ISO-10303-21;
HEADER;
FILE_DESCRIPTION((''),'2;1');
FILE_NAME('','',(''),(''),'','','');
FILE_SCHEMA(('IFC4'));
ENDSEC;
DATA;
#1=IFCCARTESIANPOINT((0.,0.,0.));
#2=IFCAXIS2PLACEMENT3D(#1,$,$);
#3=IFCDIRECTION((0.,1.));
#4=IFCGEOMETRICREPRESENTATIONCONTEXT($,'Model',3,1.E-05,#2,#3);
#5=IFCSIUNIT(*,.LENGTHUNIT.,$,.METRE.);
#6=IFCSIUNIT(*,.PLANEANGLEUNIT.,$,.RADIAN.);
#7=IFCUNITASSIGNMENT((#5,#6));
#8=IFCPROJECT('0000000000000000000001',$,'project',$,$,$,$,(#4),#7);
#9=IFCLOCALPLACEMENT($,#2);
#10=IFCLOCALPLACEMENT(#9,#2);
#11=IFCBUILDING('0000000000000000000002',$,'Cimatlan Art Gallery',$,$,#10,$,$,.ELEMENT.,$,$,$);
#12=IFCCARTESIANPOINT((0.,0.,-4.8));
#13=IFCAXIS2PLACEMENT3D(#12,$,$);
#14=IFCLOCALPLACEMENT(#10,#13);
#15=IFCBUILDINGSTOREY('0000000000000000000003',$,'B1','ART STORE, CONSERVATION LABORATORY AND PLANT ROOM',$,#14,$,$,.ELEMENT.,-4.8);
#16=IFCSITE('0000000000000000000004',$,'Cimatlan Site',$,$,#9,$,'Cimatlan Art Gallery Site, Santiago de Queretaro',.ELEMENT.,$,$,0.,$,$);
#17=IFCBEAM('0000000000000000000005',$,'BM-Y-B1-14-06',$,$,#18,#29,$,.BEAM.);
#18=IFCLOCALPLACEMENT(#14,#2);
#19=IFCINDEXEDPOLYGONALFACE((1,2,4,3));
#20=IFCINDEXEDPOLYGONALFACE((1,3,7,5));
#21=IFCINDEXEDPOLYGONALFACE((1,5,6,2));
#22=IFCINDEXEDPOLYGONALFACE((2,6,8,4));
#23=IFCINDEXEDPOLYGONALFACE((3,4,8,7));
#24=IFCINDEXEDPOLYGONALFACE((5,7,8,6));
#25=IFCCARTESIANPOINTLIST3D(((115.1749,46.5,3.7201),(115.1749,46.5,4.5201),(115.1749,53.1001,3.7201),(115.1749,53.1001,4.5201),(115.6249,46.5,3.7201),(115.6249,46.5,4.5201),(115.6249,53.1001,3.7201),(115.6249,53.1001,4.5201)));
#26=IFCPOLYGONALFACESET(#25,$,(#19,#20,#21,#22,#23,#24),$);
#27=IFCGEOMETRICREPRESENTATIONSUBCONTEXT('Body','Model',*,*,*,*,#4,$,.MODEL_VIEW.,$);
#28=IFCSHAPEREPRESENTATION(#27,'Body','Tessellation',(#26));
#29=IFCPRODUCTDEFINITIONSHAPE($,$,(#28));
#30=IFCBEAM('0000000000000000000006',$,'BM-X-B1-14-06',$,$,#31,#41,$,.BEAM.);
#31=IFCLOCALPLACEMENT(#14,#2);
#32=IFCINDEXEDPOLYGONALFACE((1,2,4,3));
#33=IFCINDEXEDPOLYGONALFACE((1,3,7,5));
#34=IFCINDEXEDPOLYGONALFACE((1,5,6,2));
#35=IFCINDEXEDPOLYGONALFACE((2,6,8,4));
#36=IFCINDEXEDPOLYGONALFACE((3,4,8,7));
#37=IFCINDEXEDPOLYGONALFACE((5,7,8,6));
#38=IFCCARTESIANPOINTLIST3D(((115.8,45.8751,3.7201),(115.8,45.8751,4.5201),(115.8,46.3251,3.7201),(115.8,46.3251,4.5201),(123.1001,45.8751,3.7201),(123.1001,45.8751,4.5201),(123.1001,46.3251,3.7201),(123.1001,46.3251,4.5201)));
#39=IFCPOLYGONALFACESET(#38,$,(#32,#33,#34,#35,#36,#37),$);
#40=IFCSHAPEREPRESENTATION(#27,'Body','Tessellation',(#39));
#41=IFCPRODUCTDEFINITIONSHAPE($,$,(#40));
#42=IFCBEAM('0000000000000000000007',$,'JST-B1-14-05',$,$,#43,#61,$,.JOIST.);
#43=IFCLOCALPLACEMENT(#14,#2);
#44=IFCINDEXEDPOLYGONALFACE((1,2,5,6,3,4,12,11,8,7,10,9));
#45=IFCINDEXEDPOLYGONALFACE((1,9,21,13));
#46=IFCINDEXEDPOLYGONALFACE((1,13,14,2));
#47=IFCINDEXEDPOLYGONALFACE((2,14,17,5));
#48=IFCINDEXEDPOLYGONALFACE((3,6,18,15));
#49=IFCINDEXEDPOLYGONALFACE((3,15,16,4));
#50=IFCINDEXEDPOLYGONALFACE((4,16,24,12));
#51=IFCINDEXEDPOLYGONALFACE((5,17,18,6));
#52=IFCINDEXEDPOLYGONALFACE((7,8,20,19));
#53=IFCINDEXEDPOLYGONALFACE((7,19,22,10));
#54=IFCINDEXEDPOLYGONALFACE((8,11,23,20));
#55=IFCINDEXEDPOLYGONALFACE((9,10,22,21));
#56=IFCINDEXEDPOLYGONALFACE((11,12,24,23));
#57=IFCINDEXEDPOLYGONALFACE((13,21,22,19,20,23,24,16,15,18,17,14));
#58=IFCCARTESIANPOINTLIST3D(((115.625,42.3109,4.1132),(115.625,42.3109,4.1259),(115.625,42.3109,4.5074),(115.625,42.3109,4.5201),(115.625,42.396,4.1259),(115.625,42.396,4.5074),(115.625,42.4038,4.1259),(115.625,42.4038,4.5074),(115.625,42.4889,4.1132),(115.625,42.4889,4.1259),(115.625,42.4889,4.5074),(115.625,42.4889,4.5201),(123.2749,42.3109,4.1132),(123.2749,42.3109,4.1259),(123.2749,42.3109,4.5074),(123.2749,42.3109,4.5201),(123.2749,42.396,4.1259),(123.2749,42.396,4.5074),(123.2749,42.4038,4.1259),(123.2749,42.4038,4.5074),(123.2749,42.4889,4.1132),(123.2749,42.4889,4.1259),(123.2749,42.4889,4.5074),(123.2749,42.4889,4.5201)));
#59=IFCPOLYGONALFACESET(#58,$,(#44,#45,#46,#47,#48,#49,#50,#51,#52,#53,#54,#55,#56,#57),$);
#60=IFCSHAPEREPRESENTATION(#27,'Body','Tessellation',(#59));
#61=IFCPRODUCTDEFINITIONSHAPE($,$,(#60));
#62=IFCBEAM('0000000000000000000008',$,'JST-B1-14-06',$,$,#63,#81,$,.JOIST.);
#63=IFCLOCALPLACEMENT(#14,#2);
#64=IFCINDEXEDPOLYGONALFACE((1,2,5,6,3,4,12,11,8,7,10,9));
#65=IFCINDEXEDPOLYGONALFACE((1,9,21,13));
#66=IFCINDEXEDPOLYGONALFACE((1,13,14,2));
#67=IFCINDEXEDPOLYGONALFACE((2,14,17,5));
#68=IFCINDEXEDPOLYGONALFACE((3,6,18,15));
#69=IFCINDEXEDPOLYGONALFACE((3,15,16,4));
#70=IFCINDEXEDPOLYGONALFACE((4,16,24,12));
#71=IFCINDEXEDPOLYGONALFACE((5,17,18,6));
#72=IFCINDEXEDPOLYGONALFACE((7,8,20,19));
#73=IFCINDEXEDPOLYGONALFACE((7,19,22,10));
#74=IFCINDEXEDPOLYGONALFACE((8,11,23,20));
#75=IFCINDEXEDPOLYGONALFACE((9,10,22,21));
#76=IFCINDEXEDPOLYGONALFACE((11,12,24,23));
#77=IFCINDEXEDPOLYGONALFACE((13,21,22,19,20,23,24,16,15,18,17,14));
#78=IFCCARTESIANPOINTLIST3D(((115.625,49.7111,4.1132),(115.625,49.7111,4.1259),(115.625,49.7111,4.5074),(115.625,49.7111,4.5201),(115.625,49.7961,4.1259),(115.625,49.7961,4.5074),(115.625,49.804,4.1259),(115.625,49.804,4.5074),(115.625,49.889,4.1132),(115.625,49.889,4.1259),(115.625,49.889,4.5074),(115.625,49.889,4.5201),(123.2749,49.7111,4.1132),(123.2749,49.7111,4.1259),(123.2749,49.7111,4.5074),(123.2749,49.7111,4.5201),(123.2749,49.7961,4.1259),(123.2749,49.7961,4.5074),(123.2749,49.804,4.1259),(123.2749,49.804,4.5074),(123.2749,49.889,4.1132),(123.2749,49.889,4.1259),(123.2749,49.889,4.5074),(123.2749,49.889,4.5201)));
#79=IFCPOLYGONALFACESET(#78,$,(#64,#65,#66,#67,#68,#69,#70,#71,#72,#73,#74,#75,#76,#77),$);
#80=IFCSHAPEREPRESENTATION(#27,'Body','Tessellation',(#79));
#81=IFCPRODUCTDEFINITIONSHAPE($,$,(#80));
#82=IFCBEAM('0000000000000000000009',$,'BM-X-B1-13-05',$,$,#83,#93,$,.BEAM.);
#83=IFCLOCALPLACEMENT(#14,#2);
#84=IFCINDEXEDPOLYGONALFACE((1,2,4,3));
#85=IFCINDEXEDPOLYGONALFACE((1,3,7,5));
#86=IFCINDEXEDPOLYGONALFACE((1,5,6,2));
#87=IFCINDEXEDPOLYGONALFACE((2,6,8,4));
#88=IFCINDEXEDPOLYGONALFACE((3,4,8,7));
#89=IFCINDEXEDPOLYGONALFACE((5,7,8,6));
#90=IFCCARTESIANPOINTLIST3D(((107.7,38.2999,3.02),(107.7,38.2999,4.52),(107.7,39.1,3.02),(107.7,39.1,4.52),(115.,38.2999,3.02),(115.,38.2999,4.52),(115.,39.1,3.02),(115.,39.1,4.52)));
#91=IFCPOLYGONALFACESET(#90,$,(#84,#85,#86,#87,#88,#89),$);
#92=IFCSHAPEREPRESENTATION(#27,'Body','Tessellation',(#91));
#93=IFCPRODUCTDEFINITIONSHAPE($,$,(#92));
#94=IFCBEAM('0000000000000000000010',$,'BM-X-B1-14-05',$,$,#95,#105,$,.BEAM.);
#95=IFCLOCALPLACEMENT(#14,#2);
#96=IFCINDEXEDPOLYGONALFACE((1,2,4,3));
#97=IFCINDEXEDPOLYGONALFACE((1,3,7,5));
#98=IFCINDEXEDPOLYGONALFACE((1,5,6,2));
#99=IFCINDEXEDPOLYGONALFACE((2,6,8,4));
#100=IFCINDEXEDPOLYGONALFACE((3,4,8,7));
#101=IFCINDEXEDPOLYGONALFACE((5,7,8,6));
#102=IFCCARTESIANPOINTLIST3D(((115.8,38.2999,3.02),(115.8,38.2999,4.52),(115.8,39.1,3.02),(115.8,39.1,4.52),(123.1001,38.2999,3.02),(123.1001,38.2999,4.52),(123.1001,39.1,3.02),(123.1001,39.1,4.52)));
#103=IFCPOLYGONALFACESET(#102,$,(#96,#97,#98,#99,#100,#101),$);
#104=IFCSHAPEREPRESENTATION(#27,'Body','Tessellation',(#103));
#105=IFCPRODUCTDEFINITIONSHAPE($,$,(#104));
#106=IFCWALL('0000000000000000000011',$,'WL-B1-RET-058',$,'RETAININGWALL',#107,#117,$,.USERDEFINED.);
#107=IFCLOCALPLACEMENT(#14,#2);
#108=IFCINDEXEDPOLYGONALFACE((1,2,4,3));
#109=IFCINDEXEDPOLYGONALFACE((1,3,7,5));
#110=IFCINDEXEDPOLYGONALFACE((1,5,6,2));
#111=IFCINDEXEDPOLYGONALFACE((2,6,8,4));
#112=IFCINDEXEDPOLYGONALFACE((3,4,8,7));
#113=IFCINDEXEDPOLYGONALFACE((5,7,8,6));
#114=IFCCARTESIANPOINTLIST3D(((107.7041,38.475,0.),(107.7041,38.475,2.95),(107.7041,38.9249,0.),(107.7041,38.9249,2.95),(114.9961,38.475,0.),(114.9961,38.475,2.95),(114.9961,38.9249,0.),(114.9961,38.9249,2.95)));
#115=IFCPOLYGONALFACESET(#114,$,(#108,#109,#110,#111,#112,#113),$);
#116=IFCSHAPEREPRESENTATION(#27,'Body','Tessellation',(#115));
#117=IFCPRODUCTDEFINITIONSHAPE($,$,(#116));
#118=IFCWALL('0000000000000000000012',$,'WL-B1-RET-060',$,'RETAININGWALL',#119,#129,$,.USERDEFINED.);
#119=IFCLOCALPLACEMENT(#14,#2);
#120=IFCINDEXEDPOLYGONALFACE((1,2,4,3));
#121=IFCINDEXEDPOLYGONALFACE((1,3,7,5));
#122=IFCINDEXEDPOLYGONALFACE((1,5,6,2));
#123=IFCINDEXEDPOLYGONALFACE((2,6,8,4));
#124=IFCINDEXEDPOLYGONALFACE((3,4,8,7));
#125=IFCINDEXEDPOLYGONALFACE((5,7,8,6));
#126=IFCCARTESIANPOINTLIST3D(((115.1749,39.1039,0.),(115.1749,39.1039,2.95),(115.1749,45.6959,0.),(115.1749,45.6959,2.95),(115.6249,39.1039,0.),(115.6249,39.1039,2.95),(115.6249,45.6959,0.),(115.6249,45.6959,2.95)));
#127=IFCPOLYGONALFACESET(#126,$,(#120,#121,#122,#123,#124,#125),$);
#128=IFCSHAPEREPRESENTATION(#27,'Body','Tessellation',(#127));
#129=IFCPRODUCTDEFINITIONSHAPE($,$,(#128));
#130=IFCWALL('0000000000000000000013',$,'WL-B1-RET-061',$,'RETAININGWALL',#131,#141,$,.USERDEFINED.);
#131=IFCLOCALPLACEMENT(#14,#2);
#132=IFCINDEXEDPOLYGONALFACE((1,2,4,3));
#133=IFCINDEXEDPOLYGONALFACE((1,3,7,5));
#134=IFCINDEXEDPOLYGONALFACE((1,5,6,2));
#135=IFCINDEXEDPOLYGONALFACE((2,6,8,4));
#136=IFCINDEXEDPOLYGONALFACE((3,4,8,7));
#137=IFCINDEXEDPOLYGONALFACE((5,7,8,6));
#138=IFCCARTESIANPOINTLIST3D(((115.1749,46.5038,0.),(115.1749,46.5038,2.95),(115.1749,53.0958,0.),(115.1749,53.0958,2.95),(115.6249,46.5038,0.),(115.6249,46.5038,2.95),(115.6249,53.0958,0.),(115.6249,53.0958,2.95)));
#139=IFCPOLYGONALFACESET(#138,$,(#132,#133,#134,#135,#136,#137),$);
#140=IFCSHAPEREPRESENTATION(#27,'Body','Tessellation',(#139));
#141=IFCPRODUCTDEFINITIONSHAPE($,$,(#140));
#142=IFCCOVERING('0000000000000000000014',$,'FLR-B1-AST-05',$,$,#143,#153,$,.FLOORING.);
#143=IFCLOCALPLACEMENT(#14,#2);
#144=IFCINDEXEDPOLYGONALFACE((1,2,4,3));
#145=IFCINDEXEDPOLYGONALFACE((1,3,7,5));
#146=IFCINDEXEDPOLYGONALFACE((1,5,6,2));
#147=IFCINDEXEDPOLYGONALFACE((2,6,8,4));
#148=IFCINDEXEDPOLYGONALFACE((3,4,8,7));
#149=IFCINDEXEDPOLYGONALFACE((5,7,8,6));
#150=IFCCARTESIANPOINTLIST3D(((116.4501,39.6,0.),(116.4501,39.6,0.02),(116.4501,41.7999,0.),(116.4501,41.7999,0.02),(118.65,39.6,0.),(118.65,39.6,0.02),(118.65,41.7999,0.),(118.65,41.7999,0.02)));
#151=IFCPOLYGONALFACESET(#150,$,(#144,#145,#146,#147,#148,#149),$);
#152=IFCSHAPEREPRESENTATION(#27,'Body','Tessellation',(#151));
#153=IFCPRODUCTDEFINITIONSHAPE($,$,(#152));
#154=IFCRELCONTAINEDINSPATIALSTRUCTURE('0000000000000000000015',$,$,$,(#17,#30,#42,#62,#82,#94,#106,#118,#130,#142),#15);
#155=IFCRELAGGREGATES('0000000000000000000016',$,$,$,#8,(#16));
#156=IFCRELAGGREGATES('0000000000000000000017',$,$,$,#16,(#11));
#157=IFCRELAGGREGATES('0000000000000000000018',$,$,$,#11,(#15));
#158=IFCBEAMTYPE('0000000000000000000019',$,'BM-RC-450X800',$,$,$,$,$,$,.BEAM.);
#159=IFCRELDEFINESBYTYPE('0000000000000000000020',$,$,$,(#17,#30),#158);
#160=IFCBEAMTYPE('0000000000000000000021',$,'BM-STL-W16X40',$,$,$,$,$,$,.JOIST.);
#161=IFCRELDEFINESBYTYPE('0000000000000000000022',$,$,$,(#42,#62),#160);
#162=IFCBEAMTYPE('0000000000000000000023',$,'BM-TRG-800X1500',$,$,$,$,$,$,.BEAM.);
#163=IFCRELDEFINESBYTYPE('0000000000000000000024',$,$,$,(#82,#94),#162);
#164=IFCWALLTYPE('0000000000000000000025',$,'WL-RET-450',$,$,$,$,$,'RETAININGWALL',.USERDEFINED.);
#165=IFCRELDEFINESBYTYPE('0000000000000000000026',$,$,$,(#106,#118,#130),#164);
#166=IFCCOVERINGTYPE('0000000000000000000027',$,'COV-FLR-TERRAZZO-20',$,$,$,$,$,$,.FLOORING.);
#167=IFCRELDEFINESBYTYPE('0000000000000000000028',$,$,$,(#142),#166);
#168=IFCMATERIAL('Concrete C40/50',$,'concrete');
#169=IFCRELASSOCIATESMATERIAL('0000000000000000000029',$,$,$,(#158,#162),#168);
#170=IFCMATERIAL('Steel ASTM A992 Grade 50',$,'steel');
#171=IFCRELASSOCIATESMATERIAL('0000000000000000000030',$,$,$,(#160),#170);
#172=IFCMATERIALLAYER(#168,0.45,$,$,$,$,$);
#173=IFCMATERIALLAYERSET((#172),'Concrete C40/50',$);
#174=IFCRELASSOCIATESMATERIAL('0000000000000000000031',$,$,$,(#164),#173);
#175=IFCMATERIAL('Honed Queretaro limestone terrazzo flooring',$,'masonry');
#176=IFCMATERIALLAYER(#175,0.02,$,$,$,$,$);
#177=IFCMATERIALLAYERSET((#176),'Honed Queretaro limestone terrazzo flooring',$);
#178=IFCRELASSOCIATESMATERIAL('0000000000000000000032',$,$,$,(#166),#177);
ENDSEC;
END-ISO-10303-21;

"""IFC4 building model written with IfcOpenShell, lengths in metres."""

from ifc_helpers import new_model, si_unit, direction, frame, frame_2d, origin, origin_2d, place, context, subcontext, project, spatial, rectangle, i_section, extrude, material, layer, layer_set, material_profile, profile_set, type_object, element, save


model = new_model("IFC4")

# Units and contexts
model_context = context("Model", 3, precision=1e-05, world=origin(), true_north=direction((0.0, 1.0)))
body_context = subcontext(model_context, "Body", "Model", "MODEL_VIEW")
ifc_project = project(units=[si_unit("LENGTHUNIT", "METRE"), si_unit("PLANEANGLEUNIT", "RADIAN")], contexts=[model_context])

# Site, building, storey
site_placement = place(None, origin())
site = spatial("IfcSite", under=ifc_project, at=site_placement, Name="Cimatlan Site", LongName="Cimatlan Art Gallery Site, Santiago de Queretaro", CompositionType="ELEMENT", RefElevation=0.0)
building_placement = place(site_placement, origin())
building = spatial("IfcBuilding", under=site, at=building_placement, Name="Cimatlan Art Gallery", CompositionType="ELEMENT")
storey_placement = place(building_placement, frame((0.0, 0.0, -4.8)))
storey = spatial("IfcBuildingStorey", under=building, at=storey_placement, Name="B1", Description="ART STORE, CONSERVATION LABORATORY AND PLANT ROOM", CompositionType="ELEMENT", Elevation=-4.8)

# Shared definitions
ifc_material_1 = material(Name="Concrete C40/50", Category="concrete")

# Beams
ifc_material_profile_1 = material_profile(ifc_material_1, rectangle(XDim=0.45, YDim=0.8, at=origin_2d()), Name="RC450X800")
ifc_profile_set_1 = profile_set([ifc_material_profile_1], Name="Concrete C40/50")
beam_type_1 = type_object("IfcBeamType", Name="BM-RC-450X800", PredefinedType="BEAM", material=ifc_profile_set_1)
beam_1_placement = place(storey_placement, frame((115.3999, 46.5, 4.1201), z_axis=(0.0, 1.0, 0.0), x_axis=(-1.0, 0.0, 0.0)))
element("IfcBeam", 1, at=beam_1_placement, inside=storey, type_object=beam_type_1, Name="BM-Y-B1-14-06", PredefinedType="BEAM", context=body_context, shape_type="SweptSolid", body=[
    extrude(rectangle(XDim=0.45, YDim=0.8, at=origin_2d()), origin(), (0.0, 0.0, 1.0), 6.6001),
])
beam_2_placement = place(storey_placement, frame((115.8, 46.1001, 4.1201), z_axis=(1.0, 0.0, 0.0), x_axis=(0.0, 1.0, 0.0)))
element("IfcBeam", 2, at=beam_2_placement, inside=storey, type_object=beam_type_1, Name="BM-X-B1-14-06", PredefinedType="BEAM", context=body_context, shape_type="SweptSolid", body=[
    extrude(rectangle(XDim=0.45, YDim=0.8, at=origin_2d()), origin(), (0.0, 0.0, 1.0), 7.3),
])
ifc_material_2 = material(Name="Steel ASTM A992 Grade 50", Category="steel")
ifc_material_profile_2 = material_profile(ifc_material_2, i_section(OverallWidth=0.178, OverallDepth=0.407, WebThickness=0.0078, FlangeThickness=0.0127, at=origin_2d()), Name="W16X40")
ifc_profile_set_2 = profile_set([ifc_material_profile_2], Name="Steel ASTM A992 Grade 50")
beam_type_2 = type_object("IfcBeamType", Name="BM-STL-W16X40", PredefinedType="JOIST", material=ifc_profile_set_2)
for number, where, z_axis, x_axis, name in (
    (3, (115.625, 42.3999, 4.3167), (1.0, 0.0, 0.0), (0.0, 1.0, 0.0), "JST-B1-14-05"),
    (4, (115.625, 49.8, 4.3167), (1.0, 0.0, 0.0), (0.0, 1.0, 0.0), "JST-B1-14-06"),
):
    element("IfcBeam", number, at=place(storey_placement, frame(where, z_axis=z_axis, x_axis=x_axis)), inside=storey, type_object=beam_type_2, Name=name, PredefinedType="JOIST", context=body_context, shape_type="SweptSolid", body=[
        extrude(i_section(OverallWidth=0.178, OverallDepth=0.407, WebThickness=0.0078, FlangeThickness=0.0127, at=origin_2d()), origin(), (0.0, 0.0, 1.0), 7.6499),
    ])
ifc_material_profile_3 = material_profile(ifc_material_1, rectangle(XDim=0.8, YDim=1.5, at=origin_2d()), Name="RC800X1500")
ifc_profile_set_3 = profile_set([ifc_material_profile_3], Name="Concrete C40/50")
beam_type_3 = type_object("IfcBeamType", Name="BM-TRG-800X1500", PredefinedType="BEAM", material=ifc_profile_set_3)
for number, where, z_axis, x_axis, name in (
    (5, (107.7, 38.7, 3.77), (1.0, 0.0, 0.0), (0.0, 1.0, 0.0), "BM-X-B1-13-05"),
    (6, (115.8, 38.7, 3.77), (1.0, 0.0, 0.0), (0.0, 1.0, 0.0), "BM-X-B1-14-05"),
):
    element("IfcBeam", number, at=place(storey_placement, frame(where, z_axis=z_axis, x_axis=x_axis)), inside=storey, type_object=beam_type_3, Name=name, PredefinedType="BEAM", context=body_context, shape_type="SweptSolid", body=[
        extrude(rectangle(XDim=0.8, YDim=1.5, at=origin_2d()), origin(), (0.0, 0.0, 1.0), 7.3),
    ])

# Walls
ifc_layer_1 = layer(ifc_material_1, 0.45)
ifc_layer_set_1 = layer_set([ifc_layer_1], Name="Concrete C40/50")
wall_type_1 = type_object("IfcWallType", Name="WL-RET-450", ElementType="RETAININGWALL", PredefinedType="USERDEFINED", material=ifc_layer_set_1)
wall_1_placement = place(storey_placement, frame((107.7041, 38.7, 0.0), z_axis=(0.0, 0.0, 1.0), x_axis=(1.0, 0.0, 0.0)))
element("IfcWall", 7, at=wall_1_placement, inside=storey, type_object=wall_type_1, Name="WL-B1-RET-058", ObjectType="RETAININGWALL", PredefinedType="USERDEFINED", context=body_context, shape_type="SweptSolid", body=[
    extrude(rectangle(XDim=7.292, YDim=0.45, at=frame_2d((3.646, 0.0))), origin(), (0.0, 0.0, 1.0), 2.95),
])
for number, where, z_axis, x_axis, name in (
    (8, (115.3999, 39.104, 0.0), (0.0, 0.0, 1.0), (0.0, 1.0, 0.0), "WL-B1-RET-060"),
    (9, (115.3999, 46.5039, 0.0), (0.0, 0.0, 1.0), (0.0, 1.0, 0.0), "WL-B1-RET-061"),
):
    element("IfcWall", number, at=place(storey_placement, frame(where, z_axis=z_axis, x_axis=x_axis)), inside=storey, type_object=wall_type_1, Name=name, ObjectType="RETAININGWALL", PredefinedType="USERDEFINED", context=body_context, shape_type="SweptSolid", body=[
        extrude(rectangle(XDim=6.592, YDim=0.45, at=frame_2d((3.2959, 0.0))), origin(), (0.0, 0.0, 1.0), 2.95),
    ])

# Covering
ifc_material_3 = material(Name="Honed Queretaro limestone terrazzo flooring", Category="masonry")
ifc_layer_2 = layer(ifc_material_3, 0.02)
ifc_layer_set_2 = layer_set([ifc_layer_2], Name="Honed Queretaro limestone terrazzo flooring")
covering_type = type_object("IfcCoveringType", Name="COV-FLR-TERRAZZO-20", PredefinedType="FLOORING", material=ifc_layer_set_2)
covering_placement = place(storey_placement, frame((117.55, 40.7, 0.0), z_axis=(0.0, 0.0, 1.0), x_axis=(1.0, 0.0, 0.0)))
element("IfcCovering", 10, at=covering_placement, inside=storey, type_object=covering_type, Name="FLR-B1-AST-05", PredefinedType="FLOORING", context=body_context, shape_type="SweptSolid", body=[
    extrude(rectangle(XDim=2.2, YDim=2.2, at=origin_2d()), origin(), (0.0, 0.0, 1.0), 0.02),
])

save(model, "model.ifc")
